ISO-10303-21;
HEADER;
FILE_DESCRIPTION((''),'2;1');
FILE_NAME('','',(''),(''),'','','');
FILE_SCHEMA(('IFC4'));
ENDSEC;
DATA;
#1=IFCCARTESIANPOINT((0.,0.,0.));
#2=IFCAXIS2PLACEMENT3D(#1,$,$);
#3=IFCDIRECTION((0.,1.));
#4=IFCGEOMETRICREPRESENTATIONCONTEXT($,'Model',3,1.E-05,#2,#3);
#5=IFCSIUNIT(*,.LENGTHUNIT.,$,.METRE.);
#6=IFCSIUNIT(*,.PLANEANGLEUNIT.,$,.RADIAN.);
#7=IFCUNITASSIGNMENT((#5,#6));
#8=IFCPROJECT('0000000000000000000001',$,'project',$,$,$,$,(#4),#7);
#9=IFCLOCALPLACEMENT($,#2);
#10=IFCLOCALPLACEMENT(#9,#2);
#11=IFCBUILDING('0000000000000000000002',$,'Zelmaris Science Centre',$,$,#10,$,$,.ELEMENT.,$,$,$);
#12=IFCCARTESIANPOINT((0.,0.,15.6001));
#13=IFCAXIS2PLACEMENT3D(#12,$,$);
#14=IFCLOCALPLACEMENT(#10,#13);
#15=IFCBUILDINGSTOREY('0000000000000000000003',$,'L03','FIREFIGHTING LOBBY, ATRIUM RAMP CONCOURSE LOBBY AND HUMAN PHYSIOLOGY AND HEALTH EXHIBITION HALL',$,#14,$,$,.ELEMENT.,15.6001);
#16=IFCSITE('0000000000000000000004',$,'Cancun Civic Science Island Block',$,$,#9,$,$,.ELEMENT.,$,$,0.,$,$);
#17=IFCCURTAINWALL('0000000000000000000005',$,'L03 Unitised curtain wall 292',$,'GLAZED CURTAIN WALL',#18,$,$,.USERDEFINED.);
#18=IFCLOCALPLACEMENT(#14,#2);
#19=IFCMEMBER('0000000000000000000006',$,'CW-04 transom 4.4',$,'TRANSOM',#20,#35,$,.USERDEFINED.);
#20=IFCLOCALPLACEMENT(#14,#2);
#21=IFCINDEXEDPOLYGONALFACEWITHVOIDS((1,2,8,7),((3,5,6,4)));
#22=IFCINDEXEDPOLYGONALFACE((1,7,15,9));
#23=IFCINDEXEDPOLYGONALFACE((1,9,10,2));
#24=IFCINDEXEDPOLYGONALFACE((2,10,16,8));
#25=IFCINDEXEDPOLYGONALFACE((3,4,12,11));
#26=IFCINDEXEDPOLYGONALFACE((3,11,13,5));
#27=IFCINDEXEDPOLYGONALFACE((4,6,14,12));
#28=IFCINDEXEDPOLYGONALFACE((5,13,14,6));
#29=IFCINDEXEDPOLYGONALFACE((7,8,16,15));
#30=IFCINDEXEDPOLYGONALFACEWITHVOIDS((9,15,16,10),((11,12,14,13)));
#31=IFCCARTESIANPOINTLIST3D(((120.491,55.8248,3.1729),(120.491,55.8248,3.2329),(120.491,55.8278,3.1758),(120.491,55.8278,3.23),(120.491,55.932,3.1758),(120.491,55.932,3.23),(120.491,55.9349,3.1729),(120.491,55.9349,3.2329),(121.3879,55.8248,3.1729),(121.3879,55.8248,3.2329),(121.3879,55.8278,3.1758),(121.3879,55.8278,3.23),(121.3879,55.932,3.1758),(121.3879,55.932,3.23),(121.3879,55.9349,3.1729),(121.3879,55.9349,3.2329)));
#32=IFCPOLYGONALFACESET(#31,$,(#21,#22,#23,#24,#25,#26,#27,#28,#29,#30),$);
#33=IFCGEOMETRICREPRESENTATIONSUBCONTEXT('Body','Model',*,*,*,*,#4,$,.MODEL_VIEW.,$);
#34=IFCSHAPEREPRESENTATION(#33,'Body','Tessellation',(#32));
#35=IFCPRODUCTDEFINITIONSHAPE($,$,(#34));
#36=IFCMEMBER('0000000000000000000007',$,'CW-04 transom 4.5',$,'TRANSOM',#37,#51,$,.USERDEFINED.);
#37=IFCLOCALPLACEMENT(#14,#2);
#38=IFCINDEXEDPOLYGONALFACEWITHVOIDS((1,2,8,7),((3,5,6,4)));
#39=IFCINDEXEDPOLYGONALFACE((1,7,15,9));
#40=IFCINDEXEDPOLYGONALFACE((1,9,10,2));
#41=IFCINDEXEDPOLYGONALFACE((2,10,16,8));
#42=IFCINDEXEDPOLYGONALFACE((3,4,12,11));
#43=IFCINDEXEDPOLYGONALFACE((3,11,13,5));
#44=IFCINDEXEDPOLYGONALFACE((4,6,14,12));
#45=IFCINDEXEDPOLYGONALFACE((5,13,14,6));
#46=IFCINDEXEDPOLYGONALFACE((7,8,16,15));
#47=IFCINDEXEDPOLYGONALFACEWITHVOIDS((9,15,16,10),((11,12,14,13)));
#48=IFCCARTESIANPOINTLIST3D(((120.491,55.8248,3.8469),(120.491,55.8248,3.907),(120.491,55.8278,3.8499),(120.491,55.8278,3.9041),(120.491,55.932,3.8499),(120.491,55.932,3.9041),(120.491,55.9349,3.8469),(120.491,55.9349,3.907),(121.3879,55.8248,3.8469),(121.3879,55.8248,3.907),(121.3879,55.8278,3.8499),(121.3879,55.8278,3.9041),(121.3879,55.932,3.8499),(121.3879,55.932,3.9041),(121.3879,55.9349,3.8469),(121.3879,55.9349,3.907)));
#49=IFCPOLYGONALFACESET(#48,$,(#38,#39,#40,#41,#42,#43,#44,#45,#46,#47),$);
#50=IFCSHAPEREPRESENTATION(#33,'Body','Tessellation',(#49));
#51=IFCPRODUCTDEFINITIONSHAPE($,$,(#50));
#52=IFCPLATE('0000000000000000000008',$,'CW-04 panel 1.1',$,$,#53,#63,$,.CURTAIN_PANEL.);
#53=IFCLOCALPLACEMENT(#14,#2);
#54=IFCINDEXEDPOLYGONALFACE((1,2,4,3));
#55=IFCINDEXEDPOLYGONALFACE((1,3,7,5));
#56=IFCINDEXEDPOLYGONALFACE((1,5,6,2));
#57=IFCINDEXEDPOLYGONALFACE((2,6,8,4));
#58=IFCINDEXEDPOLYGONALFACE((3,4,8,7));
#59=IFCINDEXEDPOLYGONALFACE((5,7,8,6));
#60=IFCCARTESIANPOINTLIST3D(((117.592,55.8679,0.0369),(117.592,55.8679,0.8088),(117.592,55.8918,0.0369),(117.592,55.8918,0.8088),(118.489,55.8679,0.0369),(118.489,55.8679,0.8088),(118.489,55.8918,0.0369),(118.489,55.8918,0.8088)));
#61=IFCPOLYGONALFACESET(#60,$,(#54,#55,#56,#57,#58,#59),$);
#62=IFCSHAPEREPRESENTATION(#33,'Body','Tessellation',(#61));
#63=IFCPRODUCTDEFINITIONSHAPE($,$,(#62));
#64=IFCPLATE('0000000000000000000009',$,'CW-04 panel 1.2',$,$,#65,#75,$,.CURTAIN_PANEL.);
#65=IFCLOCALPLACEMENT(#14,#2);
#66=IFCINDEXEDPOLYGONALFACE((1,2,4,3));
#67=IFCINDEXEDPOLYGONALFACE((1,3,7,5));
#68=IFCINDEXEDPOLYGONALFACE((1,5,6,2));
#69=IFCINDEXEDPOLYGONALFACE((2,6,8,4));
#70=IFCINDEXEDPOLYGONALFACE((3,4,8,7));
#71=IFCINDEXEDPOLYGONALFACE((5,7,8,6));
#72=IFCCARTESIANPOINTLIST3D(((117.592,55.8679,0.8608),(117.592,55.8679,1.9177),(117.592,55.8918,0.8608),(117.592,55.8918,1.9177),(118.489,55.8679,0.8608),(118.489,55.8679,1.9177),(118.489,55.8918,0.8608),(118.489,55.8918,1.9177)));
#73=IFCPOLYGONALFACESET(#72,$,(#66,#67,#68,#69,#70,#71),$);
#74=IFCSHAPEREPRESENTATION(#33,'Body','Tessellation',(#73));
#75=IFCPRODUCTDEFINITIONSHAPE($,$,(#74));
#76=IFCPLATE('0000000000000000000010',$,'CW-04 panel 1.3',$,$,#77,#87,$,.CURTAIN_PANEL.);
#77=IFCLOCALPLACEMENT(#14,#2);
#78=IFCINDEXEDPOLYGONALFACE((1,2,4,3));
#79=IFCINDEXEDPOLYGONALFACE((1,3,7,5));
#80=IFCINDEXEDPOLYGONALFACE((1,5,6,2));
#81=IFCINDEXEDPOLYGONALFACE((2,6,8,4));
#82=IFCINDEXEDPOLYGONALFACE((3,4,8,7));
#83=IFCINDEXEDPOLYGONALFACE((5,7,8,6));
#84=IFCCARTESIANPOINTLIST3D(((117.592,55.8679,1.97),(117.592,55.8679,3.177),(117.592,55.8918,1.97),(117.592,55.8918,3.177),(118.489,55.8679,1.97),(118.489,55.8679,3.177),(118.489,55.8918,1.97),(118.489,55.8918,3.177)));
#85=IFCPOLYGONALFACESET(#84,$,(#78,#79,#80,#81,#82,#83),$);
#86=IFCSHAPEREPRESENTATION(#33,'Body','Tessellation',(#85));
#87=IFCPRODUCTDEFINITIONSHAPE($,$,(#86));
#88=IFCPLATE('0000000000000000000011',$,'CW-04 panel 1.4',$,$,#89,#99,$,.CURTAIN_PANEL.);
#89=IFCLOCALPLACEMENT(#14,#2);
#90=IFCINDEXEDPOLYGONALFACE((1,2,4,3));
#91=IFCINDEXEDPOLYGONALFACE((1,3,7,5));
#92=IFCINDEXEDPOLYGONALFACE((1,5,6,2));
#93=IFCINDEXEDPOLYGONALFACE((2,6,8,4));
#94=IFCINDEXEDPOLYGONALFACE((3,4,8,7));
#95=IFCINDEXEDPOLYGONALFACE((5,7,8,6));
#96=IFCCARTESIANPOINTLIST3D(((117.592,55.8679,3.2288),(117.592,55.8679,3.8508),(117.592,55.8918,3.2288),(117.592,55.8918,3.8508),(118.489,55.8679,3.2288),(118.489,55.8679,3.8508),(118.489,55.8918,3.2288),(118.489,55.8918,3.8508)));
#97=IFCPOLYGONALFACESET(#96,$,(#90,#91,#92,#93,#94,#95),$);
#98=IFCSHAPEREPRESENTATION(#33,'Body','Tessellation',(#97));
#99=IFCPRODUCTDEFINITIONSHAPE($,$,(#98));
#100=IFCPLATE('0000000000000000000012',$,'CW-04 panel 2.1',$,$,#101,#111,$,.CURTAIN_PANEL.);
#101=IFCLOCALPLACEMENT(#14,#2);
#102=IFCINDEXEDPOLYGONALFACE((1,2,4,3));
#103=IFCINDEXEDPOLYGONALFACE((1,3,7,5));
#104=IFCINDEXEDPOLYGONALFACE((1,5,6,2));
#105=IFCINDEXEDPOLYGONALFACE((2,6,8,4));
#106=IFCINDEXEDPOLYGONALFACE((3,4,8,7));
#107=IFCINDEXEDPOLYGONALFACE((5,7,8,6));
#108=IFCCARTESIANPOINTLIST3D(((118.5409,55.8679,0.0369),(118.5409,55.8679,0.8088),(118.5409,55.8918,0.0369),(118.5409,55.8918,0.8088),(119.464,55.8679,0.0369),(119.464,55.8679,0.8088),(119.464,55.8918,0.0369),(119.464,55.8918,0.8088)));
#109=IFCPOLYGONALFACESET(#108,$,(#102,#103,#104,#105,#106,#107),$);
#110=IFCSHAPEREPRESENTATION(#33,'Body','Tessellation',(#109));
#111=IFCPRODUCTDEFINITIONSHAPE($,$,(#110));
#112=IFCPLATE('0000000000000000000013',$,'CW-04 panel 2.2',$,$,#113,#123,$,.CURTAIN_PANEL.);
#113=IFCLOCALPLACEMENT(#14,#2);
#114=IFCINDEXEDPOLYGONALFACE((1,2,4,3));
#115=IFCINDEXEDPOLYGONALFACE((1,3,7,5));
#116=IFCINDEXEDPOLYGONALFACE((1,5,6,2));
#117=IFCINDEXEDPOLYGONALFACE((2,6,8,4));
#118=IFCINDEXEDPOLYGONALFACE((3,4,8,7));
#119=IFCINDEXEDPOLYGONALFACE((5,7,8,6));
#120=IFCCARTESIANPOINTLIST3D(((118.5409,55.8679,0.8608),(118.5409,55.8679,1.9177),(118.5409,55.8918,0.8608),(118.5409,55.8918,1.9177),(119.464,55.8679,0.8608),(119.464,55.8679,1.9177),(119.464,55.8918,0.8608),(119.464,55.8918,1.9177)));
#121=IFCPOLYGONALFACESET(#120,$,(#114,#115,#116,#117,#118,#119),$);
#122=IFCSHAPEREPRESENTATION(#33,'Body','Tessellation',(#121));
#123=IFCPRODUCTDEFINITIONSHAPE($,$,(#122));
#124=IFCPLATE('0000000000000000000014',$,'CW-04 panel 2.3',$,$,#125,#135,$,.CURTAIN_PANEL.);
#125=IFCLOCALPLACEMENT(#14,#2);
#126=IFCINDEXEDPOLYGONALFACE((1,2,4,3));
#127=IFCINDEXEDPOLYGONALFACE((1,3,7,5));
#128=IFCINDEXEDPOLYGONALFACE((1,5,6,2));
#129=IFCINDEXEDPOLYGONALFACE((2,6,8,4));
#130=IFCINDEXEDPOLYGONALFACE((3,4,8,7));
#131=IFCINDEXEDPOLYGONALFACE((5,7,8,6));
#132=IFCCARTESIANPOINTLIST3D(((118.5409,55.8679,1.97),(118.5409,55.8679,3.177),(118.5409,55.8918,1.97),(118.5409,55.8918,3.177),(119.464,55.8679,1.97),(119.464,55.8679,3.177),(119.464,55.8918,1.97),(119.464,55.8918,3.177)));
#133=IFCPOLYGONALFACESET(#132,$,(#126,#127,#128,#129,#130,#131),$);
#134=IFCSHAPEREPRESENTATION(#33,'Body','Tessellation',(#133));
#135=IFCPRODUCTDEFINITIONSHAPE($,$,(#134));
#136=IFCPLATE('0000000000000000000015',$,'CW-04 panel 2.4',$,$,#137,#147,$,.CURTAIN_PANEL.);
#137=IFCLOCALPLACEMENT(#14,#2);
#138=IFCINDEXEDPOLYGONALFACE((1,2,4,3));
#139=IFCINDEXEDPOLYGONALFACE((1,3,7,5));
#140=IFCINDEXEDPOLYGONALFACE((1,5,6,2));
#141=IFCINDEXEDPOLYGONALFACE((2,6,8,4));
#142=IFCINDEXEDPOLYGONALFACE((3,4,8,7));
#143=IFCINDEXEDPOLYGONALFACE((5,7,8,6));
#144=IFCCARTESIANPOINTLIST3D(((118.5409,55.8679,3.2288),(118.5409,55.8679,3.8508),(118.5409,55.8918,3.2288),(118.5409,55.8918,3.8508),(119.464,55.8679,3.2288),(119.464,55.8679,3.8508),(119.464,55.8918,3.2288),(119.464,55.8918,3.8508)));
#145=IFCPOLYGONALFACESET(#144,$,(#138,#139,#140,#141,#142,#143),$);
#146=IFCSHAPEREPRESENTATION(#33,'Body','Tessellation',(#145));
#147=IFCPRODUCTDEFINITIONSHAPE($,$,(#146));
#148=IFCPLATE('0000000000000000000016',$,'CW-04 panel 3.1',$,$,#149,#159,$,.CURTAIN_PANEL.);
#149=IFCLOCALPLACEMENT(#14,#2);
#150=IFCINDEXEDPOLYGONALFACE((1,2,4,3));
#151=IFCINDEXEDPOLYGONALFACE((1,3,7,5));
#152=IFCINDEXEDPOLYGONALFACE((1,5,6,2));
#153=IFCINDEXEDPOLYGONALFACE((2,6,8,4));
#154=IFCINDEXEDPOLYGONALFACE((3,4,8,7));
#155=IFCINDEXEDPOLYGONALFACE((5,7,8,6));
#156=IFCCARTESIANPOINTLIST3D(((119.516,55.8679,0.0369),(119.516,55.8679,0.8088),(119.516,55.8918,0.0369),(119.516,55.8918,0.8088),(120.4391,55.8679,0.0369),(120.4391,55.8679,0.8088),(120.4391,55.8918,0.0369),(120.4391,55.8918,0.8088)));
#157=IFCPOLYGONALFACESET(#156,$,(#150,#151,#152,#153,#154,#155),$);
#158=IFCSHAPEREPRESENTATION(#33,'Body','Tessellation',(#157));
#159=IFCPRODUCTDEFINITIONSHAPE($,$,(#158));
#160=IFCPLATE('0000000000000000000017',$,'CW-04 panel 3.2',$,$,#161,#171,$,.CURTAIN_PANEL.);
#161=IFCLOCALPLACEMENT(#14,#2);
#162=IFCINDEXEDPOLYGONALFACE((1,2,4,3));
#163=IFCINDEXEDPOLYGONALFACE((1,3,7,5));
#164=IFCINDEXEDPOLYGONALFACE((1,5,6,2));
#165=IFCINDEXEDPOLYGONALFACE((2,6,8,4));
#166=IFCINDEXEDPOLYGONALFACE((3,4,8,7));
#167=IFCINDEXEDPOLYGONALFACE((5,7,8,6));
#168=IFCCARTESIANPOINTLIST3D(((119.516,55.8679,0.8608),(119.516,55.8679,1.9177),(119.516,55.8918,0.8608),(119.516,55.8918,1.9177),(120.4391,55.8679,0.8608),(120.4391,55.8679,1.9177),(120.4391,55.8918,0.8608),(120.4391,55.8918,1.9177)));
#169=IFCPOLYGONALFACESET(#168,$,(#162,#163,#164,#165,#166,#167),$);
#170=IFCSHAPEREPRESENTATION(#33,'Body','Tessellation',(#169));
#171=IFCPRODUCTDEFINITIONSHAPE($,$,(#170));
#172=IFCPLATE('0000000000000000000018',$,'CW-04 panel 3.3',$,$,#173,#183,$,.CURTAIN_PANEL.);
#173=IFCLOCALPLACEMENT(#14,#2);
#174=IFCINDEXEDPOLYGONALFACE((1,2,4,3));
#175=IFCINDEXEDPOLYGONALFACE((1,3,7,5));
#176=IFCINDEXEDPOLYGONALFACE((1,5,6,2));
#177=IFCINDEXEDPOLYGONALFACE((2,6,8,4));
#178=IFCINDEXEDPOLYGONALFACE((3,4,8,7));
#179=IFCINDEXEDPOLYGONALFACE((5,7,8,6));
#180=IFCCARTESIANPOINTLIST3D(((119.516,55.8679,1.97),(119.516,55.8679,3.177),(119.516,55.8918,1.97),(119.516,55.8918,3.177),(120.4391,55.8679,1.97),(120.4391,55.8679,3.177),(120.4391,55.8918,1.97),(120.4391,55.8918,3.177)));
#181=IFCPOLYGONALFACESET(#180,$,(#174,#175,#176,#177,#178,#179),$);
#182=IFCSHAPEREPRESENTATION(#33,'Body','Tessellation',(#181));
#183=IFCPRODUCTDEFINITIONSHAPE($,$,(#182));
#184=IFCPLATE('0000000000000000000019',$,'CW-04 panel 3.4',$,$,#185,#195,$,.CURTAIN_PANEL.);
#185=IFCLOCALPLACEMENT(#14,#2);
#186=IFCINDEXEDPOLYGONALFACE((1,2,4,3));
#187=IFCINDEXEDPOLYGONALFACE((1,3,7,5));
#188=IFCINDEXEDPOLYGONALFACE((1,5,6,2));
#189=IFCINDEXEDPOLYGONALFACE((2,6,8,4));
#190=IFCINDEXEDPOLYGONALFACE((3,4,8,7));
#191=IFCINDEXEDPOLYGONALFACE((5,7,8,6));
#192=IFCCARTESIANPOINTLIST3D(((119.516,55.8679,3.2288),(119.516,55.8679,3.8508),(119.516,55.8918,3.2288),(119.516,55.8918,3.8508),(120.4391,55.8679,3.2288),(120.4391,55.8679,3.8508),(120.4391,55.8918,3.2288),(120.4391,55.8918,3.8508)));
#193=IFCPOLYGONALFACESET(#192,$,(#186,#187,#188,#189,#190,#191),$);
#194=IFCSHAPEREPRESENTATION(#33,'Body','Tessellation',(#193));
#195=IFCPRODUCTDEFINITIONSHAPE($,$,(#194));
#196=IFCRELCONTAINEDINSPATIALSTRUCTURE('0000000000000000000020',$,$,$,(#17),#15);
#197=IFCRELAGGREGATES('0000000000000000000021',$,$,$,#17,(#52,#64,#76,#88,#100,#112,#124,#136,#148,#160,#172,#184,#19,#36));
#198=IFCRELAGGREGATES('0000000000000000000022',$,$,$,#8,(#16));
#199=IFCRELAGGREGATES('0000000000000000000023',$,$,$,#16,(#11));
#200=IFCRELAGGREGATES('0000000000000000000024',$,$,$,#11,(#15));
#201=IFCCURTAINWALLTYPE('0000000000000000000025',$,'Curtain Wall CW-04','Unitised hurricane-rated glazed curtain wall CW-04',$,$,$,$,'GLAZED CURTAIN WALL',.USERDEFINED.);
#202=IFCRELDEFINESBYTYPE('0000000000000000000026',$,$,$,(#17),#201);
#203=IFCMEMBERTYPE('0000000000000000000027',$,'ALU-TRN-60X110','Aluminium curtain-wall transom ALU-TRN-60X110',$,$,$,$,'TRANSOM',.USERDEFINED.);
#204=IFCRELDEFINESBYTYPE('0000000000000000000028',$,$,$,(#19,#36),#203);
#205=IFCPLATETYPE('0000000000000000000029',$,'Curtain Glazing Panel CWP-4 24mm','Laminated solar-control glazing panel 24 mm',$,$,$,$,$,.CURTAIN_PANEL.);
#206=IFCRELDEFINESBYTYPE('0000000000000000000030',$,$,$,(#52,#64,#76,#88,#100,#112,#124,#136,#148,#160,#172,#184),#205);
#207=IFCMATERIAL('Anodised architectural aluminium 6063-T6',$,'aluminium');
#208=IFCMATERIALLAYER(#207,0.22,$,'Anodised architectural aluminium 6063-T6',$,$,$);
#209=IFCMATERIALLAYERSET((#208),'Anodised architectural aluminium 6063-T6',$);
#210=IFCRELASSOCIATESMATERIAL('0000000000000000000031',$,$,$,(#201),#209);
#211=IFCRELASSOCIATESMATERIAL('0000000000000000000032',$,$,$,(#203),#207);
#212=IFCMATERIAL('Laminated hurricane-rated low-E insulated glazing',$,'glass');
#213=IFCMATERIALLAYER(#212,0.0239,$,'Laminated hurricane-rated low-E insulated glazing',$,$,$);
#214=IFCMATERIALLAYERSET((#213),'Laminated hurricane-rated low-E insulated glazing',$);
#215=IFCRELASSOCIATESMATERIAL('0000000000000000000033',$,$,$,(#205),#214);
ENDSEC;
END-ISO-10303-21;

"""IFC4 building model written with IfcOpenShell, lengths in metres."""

from ifc_helpers import new_model, si_unit, direction, frame, origin, origin_2d, place, context, subcontext, project, spatial, rectangle, hollow_rectangle, extrude, material, layer, layer_set, material_profile, profile_set, type_object, element, aggregate, save


model = new_model("IFC4")

# Units and contexts
model_context = context("Model", 3, precision=1e-05, world=origin(), true_north=direction((0.0, 1.0)))
body_context = subcontext(model_context, "Body", "Model", "MODEL_VIEW")
ifc_project = project(units=[si_unit("LENGTHUNIT", "METRE"), si_unit("PLANEANGLEUNIT", "RADIAN")], contexts=[model_context])

# Site, building, storey
site_placement = place(None, origin())
site = spatial("IfcSite", under=ifc_project, at=site_placement, Name="Cancun Civic Science Island Block", CompositionType="ELEMENT", RefElevation=0.0)
building_placement = place(site_placement, origin())
building = spatial("IfcBuilding", under=site, at=building_placement, Name="Zelmaris Science Centre", CompositionType="ELEMENT")
storey_placement = place(building_placement, frame((0.0, 0.0, 15.6001)))
storey = spatial("IfcBuildingStorey", under=building, at=storey_placement, Name="L03", Description="FIREFIGHTING LOBBY, ATRIUM RAMP CONCOURSE LOBBY AND HUMAN PHYSIOLOGY AND HEALTH EXHIBITION HALL", CompositionType="ELEMENT", Elevation=15.6001)

# Curtain wall, members, plates
ifc_material_1 = material(Name="Anodised architectural aluminium 6063-T6", Category="aluminium")
ifc_layer_1 = layer(ifc_material_1, 0.22, Name="Anodised architectural aluminium 6063-T6")
ifc_layer_set_1 = layer_set([ifc_layer_1], Name="Anodised architectural aluminium 6063-T6")
curtain_wall_type = type_object("IfcCurtainWallType", Name="Curtain Wall CW-04", Description="Unitised hurricane-rated glazed curtain wall CW-04", ElementType="GLAZED CURTAIN WALL", PredefinedType="USERDEFINED", material=ifc_layer_set_1)
curtain_wall_placement = place(storey_placement, origin())
curtain_wall = element("IfcCurtainWall", 1, at=curtain_wall_placement, inside=storey, type_object=curtain_wall_type, Name="L03 Unitised curtain wall 292", ObjectType="GLAZED CURTAIN WALL", PredefinedType="USERDEFINED")
ifc_material_profile_1 = material_profile(ifc_material_1, hollow_rectangle(XDim=0.0601, YDim=0.1101, WallThickness=0.0029, at=origin_2d()), Name="ALU-TRN-60X110")
ifc_profile_set_1 = profile_set([ifc_material_profile_1], Name="Anodised architectural aluminium 6063-T6")
member_type_1 = type_object("IfcMemberType", Name="ALU-TRN-60X110", Description="Aluminium curtain-wall transom ALU-TRN-60X110", ElementType="TRANSOM", PredefinedType="USERDEFINED", material=ifc_profile_set_1)
member_1_placement = place(storey_placement, frame((120.491, 55.8799, 3.2029), z_axis=(1.0, 0.0, 0.0), x_axis=(0.0, 0.0, 1.0)))
member_1 = element("IfcMember", 2, at=member_1_placement, type_object=member_type_1, Name="CW-04 transom 4.4", ObjectType="TRANSOM", PredefinedType="USERDEFINED", context=body_context, shape_type="SweptSolid", body=[
    extrude(hollow_rectangle(XDim=0.0601, YDim=0.1101, WallThickness=0.0029, at=origin_2d()), origin(), (0.0, 0.0, 1.0), 0.897),
])
member_2_placement = place(storey_placement, frame((120.491, 55.8799, 3.877), z_axis=(1.0, 0.0, 0.0), x_axis=(0.0, 0.0, 1.0)))
member_2 = element("IfcMember", 3, at=member_2_placement, type_object=member_type_1, Name="CW-04 transom 4.5", ObjectType="TRANSOM", PredefinedType="USERDEFINED", context=body_context, shape_type="SweptSolid", body=[
    extrude(hollow_rectangle(XDim=0.0601, YDim=0.1101, WallThickness=0.0029, at=origin_2d()), origin(), (0.0, 0.0, 1.0), 0.897),
])
ifc_material_2 = material(Name="Laminated hurricane-rated low-E insulated glazing", Category="glass")
ifc_layer_2 = layer(ifc_material_2, 0.0239, Name="Laminated hurricane-rated low-E insulated glazing")
ifc_layer_set_2 = layer_set([ifc_layer_2], Name="Laminated hurricane-rated low-E insulated glazing")
plate_type = type_object("IfcPlateType", Name="Curtain Glazing Panel CWP-4 24mm", Description="Laminated solar-control glazing panel 24 mm", PredefinedType="CURTAIN_PANEL", material=ifc_layer_set_2)
plate_1_placement = place(storey_placement, frame((118.0405, 55.8799, 0.0369), z_axis=(0.0, 0.0, 1.0), x_axis=(1.0, 0.0, 0.0)))
plate_1 = element("IfcPlate", 4, at=plate_1_placement, type_object=plate_type, Name="CW-04 panel 1.1", PredefinedType="CURTAIN_PANEL", context=body_context, shape_type="SweptSolid", body=[
    extrude(rectangle(XDim=0.897, YDim=0.0239, at=origin_2d()), origin(), (0.0, 0.0, 1.0), 0.772),
])
plate_2_placement = place(storey_placement, frame((118.0405, 55.8799, 0.8608), z_axis=(0.0, 0.0, 1.0), x_axis=(1.0, 0.0, 0.0)))
plate_2 = element("IfcPlate", 5, at=plate_2_placement, type_object=plate_type, Name="CW-04 panel 1.2", PredefinedType="CURTAIN_PANEL", context=body_context, shape_type="SweptSolid", body=[
    extrude(rectangle(XDim=0.897, YDim=0.0239, at=origin_2d()), origin(), (0.0, 0.0, 1.0), 1.0569),
])
plate_3_placement = place(storey_placement, frame((118.0405, 55.8799, 1.97), z_axis=(0.0, 0.0, 1.0), x_axis=(1.0, 0.0, 0.0)))
plate_3 = element("IfcPlate", 6, at=plate_3_placement, type_object=plate_type, Name="CW-04 panel 1.3", PredefinedType="CURTAIN_PANEL", context=body_context, shape_type="SweptSolid", body=[
    extrude(rectangle(XDim=0.897, YDim=0.0239, at=origin_2d()), origin(), (0.0, 0.0, 1.0), 1.207),
])
plate_4_placement = place(storey_placement, frame((118.0405, 55.8799, 3.2288), z_axis=(0.0, 0.0, 1.0), x_axis=(1.0, 0.0, 0.0)))
plate_4 = element("IfcPlate", 7, at=plate_4_placement, type_object=plate_type, Name="CW-04 panel 1.4", PredefinedType="CURTAIN_PANEL", context=body_context, shape_type="SweptSolid", body=[
    extrude(rectangle(XDim=0.897, YDim=0.0239, at=origin_2d()), origin(), (0.0, 0.0, 1.0), 0.6221),
])
plate_5_placement = place(storey_placement, frame((119.0024, 55.8799, 0.0369), z_axis=(0.0, 0.0, 1.0), x_axis=(1.0, 0.0, 0.0)))
plate_5 = element("IfcPlate", 8, at=plate_5_placement, type_object=plate_type, Name="CW-04 panel 2.1", PredefinedType="CURTAIN_PANEL", context=body_context, shape_type="SweptSolid", body=[
    extrude(rectangle(XDim=0.9231, YDim=0.0239, at=origin_2d()), origin(), (0.0, 0.0, 1.0), 0.772),
])
plate_6_placement = place(storey_placement, frame((119.0024, 55.8799, 0.8608), z_axis=(0.0, 0.0, 1.0), x_axis=(1.0, 0.0, 0.0)))
plate_6 = element("IfcPlate", 9, at=plate_6_placement, type_object=plate_type, Name="CW-04 panel 2.2", PredefinedType="CURTAIN_PANEL", context=body_context, shape_type="SweptSolid", body=[
    extrude(rectangle(XDim=0.9231, YDim=0.0239, at=origin_2d()), origin(), (0.0, 0.0, 1.0), 1.0569),
])
plate_7_placement = place(storey_placement, frame((119.0024, 55.8799, 1.97), z_axis=(0.0, 0.0, 1.0), x_axis=(1.0, 0.0, 0.0)))
plate_7 = element("IfcPlate", 10, at=plate_7_placement, type_object=plate_type, Name="CW-04 panel 2.3", PredefinedType="CURTAIN_PANEL", context=body_context, shape_type="SweptSolid", body=[
    extrude(rectangle(XDim=0.9231, YDim=0.0239, at=origin_2d()), origin(), (0.0, 0.0, 1.0), 1.207),
])
plate_8_placement = place(storey_placement, frame((119.0024, 55.8799, 3.2288), z_axis=(0.0, 0.0, 1.0), x_axis=(1.0, 0.0, 0.0)))
plate_8 = element("IfcPlate", 11, at=plate_8_placement, type_object=plate_type, Name="CW-04 panel 2.4", PredefinedType="CURTAIN_PANEL", context=body_context, shape_type="SweptSolid", body=[
    extrude(rectangle(XDim=0.9231, YDim=0.0239, at=origin_2d()), origin(), (0.0, 0.0, 1.0), 0.6221),
])
plate_9_placement = place(storey_placement, frame((119.9775, 55.8799, 0.0369), z_axis=(0.0, 0.0, 1.0), x_axis=(1.0, 0.0, 0.0)))
plate_9 = element("IfcPlate", 12, at=plate_9_placement, type_object=plate_type, Name="CW-04 panel 3.1", PredefinedType="CURTAIN_PANEL", context=body_context, shape_type="SweptSolid", body=[
    extrude(rectangle(XDim=0.9231, YDim=0.0239, at=origin_2d()), origin(), (0.0, 0.0, 1.0), 0.772),
])
plate_10_placement = place(storey_placement, frame((119.9775, 55.8799, 0.8608), z_axis=(0.0, 0.0, 1.0), x_axis=(1.0, 0.0, 0.0)))
plate_10 = element("IfcPlate", 13, at=plate_10_placement, type_object=plate_type, Name="CW-04 panel 3.2", PredefinedType="CURTAIN_PANEL", context=body_context, shape_type="SweptSolid", body=[
    extrude(rectangle(XDim=0.9231, YDim=0.0239, at=origin_2d()), origin(), (0.0, 0.0, 1.0), 1.0569),
])
plate_11_placement = place(storey_placement, frame((119.9775, 55.8799, 1.97), z_axis=(0.0, 0.0, 1.0), x_axis=(1.0, 0.0, 0.0)))
plate_11 = element("IfcPlate", 14, at=plate_11_placement, type_object=plate_type, Name="CW-04 panel 3.3", PredefinedType="CURTAIN_PANEL", context=body_context, shape_type="SweptSolid", body=[
    extrude(rectangle(XDim=0.9231, YDim=0.0239, at=origin_2d()), origin(), (0.0, 0.0, 1.0), 1.207),
])
plate_12_placement = place(storey_placement, frame((119.9775, 55.8799, 3.2288), z_axis=(0.0, 0.0, 1.0), x_axis=(1.0, 0.0, 0.0)))
plate_12 = element("IfcPlate", 15, at=plate_12_placement, type_object=plate_type, Name="CW-04 panel 3.4", PredefinedType="CURTAIN_PANEL", context=body_context, shape_type="SweptSolid", body=[
    extrude(rectangle(XDim=0.9231, YDim=0.0239, at=origin_2d()), origin(), (0.0, 0.0, 1.0), 0.6221),
])
aggregate(curtain_wall, [plate_1, plate_2, plate_3, plate_4, plate_5, plate_6, plate_7, plate_8, plate_9, plate_10, plate_11, plate_12, member_1, member_2])

save(model, "model.ifc")
